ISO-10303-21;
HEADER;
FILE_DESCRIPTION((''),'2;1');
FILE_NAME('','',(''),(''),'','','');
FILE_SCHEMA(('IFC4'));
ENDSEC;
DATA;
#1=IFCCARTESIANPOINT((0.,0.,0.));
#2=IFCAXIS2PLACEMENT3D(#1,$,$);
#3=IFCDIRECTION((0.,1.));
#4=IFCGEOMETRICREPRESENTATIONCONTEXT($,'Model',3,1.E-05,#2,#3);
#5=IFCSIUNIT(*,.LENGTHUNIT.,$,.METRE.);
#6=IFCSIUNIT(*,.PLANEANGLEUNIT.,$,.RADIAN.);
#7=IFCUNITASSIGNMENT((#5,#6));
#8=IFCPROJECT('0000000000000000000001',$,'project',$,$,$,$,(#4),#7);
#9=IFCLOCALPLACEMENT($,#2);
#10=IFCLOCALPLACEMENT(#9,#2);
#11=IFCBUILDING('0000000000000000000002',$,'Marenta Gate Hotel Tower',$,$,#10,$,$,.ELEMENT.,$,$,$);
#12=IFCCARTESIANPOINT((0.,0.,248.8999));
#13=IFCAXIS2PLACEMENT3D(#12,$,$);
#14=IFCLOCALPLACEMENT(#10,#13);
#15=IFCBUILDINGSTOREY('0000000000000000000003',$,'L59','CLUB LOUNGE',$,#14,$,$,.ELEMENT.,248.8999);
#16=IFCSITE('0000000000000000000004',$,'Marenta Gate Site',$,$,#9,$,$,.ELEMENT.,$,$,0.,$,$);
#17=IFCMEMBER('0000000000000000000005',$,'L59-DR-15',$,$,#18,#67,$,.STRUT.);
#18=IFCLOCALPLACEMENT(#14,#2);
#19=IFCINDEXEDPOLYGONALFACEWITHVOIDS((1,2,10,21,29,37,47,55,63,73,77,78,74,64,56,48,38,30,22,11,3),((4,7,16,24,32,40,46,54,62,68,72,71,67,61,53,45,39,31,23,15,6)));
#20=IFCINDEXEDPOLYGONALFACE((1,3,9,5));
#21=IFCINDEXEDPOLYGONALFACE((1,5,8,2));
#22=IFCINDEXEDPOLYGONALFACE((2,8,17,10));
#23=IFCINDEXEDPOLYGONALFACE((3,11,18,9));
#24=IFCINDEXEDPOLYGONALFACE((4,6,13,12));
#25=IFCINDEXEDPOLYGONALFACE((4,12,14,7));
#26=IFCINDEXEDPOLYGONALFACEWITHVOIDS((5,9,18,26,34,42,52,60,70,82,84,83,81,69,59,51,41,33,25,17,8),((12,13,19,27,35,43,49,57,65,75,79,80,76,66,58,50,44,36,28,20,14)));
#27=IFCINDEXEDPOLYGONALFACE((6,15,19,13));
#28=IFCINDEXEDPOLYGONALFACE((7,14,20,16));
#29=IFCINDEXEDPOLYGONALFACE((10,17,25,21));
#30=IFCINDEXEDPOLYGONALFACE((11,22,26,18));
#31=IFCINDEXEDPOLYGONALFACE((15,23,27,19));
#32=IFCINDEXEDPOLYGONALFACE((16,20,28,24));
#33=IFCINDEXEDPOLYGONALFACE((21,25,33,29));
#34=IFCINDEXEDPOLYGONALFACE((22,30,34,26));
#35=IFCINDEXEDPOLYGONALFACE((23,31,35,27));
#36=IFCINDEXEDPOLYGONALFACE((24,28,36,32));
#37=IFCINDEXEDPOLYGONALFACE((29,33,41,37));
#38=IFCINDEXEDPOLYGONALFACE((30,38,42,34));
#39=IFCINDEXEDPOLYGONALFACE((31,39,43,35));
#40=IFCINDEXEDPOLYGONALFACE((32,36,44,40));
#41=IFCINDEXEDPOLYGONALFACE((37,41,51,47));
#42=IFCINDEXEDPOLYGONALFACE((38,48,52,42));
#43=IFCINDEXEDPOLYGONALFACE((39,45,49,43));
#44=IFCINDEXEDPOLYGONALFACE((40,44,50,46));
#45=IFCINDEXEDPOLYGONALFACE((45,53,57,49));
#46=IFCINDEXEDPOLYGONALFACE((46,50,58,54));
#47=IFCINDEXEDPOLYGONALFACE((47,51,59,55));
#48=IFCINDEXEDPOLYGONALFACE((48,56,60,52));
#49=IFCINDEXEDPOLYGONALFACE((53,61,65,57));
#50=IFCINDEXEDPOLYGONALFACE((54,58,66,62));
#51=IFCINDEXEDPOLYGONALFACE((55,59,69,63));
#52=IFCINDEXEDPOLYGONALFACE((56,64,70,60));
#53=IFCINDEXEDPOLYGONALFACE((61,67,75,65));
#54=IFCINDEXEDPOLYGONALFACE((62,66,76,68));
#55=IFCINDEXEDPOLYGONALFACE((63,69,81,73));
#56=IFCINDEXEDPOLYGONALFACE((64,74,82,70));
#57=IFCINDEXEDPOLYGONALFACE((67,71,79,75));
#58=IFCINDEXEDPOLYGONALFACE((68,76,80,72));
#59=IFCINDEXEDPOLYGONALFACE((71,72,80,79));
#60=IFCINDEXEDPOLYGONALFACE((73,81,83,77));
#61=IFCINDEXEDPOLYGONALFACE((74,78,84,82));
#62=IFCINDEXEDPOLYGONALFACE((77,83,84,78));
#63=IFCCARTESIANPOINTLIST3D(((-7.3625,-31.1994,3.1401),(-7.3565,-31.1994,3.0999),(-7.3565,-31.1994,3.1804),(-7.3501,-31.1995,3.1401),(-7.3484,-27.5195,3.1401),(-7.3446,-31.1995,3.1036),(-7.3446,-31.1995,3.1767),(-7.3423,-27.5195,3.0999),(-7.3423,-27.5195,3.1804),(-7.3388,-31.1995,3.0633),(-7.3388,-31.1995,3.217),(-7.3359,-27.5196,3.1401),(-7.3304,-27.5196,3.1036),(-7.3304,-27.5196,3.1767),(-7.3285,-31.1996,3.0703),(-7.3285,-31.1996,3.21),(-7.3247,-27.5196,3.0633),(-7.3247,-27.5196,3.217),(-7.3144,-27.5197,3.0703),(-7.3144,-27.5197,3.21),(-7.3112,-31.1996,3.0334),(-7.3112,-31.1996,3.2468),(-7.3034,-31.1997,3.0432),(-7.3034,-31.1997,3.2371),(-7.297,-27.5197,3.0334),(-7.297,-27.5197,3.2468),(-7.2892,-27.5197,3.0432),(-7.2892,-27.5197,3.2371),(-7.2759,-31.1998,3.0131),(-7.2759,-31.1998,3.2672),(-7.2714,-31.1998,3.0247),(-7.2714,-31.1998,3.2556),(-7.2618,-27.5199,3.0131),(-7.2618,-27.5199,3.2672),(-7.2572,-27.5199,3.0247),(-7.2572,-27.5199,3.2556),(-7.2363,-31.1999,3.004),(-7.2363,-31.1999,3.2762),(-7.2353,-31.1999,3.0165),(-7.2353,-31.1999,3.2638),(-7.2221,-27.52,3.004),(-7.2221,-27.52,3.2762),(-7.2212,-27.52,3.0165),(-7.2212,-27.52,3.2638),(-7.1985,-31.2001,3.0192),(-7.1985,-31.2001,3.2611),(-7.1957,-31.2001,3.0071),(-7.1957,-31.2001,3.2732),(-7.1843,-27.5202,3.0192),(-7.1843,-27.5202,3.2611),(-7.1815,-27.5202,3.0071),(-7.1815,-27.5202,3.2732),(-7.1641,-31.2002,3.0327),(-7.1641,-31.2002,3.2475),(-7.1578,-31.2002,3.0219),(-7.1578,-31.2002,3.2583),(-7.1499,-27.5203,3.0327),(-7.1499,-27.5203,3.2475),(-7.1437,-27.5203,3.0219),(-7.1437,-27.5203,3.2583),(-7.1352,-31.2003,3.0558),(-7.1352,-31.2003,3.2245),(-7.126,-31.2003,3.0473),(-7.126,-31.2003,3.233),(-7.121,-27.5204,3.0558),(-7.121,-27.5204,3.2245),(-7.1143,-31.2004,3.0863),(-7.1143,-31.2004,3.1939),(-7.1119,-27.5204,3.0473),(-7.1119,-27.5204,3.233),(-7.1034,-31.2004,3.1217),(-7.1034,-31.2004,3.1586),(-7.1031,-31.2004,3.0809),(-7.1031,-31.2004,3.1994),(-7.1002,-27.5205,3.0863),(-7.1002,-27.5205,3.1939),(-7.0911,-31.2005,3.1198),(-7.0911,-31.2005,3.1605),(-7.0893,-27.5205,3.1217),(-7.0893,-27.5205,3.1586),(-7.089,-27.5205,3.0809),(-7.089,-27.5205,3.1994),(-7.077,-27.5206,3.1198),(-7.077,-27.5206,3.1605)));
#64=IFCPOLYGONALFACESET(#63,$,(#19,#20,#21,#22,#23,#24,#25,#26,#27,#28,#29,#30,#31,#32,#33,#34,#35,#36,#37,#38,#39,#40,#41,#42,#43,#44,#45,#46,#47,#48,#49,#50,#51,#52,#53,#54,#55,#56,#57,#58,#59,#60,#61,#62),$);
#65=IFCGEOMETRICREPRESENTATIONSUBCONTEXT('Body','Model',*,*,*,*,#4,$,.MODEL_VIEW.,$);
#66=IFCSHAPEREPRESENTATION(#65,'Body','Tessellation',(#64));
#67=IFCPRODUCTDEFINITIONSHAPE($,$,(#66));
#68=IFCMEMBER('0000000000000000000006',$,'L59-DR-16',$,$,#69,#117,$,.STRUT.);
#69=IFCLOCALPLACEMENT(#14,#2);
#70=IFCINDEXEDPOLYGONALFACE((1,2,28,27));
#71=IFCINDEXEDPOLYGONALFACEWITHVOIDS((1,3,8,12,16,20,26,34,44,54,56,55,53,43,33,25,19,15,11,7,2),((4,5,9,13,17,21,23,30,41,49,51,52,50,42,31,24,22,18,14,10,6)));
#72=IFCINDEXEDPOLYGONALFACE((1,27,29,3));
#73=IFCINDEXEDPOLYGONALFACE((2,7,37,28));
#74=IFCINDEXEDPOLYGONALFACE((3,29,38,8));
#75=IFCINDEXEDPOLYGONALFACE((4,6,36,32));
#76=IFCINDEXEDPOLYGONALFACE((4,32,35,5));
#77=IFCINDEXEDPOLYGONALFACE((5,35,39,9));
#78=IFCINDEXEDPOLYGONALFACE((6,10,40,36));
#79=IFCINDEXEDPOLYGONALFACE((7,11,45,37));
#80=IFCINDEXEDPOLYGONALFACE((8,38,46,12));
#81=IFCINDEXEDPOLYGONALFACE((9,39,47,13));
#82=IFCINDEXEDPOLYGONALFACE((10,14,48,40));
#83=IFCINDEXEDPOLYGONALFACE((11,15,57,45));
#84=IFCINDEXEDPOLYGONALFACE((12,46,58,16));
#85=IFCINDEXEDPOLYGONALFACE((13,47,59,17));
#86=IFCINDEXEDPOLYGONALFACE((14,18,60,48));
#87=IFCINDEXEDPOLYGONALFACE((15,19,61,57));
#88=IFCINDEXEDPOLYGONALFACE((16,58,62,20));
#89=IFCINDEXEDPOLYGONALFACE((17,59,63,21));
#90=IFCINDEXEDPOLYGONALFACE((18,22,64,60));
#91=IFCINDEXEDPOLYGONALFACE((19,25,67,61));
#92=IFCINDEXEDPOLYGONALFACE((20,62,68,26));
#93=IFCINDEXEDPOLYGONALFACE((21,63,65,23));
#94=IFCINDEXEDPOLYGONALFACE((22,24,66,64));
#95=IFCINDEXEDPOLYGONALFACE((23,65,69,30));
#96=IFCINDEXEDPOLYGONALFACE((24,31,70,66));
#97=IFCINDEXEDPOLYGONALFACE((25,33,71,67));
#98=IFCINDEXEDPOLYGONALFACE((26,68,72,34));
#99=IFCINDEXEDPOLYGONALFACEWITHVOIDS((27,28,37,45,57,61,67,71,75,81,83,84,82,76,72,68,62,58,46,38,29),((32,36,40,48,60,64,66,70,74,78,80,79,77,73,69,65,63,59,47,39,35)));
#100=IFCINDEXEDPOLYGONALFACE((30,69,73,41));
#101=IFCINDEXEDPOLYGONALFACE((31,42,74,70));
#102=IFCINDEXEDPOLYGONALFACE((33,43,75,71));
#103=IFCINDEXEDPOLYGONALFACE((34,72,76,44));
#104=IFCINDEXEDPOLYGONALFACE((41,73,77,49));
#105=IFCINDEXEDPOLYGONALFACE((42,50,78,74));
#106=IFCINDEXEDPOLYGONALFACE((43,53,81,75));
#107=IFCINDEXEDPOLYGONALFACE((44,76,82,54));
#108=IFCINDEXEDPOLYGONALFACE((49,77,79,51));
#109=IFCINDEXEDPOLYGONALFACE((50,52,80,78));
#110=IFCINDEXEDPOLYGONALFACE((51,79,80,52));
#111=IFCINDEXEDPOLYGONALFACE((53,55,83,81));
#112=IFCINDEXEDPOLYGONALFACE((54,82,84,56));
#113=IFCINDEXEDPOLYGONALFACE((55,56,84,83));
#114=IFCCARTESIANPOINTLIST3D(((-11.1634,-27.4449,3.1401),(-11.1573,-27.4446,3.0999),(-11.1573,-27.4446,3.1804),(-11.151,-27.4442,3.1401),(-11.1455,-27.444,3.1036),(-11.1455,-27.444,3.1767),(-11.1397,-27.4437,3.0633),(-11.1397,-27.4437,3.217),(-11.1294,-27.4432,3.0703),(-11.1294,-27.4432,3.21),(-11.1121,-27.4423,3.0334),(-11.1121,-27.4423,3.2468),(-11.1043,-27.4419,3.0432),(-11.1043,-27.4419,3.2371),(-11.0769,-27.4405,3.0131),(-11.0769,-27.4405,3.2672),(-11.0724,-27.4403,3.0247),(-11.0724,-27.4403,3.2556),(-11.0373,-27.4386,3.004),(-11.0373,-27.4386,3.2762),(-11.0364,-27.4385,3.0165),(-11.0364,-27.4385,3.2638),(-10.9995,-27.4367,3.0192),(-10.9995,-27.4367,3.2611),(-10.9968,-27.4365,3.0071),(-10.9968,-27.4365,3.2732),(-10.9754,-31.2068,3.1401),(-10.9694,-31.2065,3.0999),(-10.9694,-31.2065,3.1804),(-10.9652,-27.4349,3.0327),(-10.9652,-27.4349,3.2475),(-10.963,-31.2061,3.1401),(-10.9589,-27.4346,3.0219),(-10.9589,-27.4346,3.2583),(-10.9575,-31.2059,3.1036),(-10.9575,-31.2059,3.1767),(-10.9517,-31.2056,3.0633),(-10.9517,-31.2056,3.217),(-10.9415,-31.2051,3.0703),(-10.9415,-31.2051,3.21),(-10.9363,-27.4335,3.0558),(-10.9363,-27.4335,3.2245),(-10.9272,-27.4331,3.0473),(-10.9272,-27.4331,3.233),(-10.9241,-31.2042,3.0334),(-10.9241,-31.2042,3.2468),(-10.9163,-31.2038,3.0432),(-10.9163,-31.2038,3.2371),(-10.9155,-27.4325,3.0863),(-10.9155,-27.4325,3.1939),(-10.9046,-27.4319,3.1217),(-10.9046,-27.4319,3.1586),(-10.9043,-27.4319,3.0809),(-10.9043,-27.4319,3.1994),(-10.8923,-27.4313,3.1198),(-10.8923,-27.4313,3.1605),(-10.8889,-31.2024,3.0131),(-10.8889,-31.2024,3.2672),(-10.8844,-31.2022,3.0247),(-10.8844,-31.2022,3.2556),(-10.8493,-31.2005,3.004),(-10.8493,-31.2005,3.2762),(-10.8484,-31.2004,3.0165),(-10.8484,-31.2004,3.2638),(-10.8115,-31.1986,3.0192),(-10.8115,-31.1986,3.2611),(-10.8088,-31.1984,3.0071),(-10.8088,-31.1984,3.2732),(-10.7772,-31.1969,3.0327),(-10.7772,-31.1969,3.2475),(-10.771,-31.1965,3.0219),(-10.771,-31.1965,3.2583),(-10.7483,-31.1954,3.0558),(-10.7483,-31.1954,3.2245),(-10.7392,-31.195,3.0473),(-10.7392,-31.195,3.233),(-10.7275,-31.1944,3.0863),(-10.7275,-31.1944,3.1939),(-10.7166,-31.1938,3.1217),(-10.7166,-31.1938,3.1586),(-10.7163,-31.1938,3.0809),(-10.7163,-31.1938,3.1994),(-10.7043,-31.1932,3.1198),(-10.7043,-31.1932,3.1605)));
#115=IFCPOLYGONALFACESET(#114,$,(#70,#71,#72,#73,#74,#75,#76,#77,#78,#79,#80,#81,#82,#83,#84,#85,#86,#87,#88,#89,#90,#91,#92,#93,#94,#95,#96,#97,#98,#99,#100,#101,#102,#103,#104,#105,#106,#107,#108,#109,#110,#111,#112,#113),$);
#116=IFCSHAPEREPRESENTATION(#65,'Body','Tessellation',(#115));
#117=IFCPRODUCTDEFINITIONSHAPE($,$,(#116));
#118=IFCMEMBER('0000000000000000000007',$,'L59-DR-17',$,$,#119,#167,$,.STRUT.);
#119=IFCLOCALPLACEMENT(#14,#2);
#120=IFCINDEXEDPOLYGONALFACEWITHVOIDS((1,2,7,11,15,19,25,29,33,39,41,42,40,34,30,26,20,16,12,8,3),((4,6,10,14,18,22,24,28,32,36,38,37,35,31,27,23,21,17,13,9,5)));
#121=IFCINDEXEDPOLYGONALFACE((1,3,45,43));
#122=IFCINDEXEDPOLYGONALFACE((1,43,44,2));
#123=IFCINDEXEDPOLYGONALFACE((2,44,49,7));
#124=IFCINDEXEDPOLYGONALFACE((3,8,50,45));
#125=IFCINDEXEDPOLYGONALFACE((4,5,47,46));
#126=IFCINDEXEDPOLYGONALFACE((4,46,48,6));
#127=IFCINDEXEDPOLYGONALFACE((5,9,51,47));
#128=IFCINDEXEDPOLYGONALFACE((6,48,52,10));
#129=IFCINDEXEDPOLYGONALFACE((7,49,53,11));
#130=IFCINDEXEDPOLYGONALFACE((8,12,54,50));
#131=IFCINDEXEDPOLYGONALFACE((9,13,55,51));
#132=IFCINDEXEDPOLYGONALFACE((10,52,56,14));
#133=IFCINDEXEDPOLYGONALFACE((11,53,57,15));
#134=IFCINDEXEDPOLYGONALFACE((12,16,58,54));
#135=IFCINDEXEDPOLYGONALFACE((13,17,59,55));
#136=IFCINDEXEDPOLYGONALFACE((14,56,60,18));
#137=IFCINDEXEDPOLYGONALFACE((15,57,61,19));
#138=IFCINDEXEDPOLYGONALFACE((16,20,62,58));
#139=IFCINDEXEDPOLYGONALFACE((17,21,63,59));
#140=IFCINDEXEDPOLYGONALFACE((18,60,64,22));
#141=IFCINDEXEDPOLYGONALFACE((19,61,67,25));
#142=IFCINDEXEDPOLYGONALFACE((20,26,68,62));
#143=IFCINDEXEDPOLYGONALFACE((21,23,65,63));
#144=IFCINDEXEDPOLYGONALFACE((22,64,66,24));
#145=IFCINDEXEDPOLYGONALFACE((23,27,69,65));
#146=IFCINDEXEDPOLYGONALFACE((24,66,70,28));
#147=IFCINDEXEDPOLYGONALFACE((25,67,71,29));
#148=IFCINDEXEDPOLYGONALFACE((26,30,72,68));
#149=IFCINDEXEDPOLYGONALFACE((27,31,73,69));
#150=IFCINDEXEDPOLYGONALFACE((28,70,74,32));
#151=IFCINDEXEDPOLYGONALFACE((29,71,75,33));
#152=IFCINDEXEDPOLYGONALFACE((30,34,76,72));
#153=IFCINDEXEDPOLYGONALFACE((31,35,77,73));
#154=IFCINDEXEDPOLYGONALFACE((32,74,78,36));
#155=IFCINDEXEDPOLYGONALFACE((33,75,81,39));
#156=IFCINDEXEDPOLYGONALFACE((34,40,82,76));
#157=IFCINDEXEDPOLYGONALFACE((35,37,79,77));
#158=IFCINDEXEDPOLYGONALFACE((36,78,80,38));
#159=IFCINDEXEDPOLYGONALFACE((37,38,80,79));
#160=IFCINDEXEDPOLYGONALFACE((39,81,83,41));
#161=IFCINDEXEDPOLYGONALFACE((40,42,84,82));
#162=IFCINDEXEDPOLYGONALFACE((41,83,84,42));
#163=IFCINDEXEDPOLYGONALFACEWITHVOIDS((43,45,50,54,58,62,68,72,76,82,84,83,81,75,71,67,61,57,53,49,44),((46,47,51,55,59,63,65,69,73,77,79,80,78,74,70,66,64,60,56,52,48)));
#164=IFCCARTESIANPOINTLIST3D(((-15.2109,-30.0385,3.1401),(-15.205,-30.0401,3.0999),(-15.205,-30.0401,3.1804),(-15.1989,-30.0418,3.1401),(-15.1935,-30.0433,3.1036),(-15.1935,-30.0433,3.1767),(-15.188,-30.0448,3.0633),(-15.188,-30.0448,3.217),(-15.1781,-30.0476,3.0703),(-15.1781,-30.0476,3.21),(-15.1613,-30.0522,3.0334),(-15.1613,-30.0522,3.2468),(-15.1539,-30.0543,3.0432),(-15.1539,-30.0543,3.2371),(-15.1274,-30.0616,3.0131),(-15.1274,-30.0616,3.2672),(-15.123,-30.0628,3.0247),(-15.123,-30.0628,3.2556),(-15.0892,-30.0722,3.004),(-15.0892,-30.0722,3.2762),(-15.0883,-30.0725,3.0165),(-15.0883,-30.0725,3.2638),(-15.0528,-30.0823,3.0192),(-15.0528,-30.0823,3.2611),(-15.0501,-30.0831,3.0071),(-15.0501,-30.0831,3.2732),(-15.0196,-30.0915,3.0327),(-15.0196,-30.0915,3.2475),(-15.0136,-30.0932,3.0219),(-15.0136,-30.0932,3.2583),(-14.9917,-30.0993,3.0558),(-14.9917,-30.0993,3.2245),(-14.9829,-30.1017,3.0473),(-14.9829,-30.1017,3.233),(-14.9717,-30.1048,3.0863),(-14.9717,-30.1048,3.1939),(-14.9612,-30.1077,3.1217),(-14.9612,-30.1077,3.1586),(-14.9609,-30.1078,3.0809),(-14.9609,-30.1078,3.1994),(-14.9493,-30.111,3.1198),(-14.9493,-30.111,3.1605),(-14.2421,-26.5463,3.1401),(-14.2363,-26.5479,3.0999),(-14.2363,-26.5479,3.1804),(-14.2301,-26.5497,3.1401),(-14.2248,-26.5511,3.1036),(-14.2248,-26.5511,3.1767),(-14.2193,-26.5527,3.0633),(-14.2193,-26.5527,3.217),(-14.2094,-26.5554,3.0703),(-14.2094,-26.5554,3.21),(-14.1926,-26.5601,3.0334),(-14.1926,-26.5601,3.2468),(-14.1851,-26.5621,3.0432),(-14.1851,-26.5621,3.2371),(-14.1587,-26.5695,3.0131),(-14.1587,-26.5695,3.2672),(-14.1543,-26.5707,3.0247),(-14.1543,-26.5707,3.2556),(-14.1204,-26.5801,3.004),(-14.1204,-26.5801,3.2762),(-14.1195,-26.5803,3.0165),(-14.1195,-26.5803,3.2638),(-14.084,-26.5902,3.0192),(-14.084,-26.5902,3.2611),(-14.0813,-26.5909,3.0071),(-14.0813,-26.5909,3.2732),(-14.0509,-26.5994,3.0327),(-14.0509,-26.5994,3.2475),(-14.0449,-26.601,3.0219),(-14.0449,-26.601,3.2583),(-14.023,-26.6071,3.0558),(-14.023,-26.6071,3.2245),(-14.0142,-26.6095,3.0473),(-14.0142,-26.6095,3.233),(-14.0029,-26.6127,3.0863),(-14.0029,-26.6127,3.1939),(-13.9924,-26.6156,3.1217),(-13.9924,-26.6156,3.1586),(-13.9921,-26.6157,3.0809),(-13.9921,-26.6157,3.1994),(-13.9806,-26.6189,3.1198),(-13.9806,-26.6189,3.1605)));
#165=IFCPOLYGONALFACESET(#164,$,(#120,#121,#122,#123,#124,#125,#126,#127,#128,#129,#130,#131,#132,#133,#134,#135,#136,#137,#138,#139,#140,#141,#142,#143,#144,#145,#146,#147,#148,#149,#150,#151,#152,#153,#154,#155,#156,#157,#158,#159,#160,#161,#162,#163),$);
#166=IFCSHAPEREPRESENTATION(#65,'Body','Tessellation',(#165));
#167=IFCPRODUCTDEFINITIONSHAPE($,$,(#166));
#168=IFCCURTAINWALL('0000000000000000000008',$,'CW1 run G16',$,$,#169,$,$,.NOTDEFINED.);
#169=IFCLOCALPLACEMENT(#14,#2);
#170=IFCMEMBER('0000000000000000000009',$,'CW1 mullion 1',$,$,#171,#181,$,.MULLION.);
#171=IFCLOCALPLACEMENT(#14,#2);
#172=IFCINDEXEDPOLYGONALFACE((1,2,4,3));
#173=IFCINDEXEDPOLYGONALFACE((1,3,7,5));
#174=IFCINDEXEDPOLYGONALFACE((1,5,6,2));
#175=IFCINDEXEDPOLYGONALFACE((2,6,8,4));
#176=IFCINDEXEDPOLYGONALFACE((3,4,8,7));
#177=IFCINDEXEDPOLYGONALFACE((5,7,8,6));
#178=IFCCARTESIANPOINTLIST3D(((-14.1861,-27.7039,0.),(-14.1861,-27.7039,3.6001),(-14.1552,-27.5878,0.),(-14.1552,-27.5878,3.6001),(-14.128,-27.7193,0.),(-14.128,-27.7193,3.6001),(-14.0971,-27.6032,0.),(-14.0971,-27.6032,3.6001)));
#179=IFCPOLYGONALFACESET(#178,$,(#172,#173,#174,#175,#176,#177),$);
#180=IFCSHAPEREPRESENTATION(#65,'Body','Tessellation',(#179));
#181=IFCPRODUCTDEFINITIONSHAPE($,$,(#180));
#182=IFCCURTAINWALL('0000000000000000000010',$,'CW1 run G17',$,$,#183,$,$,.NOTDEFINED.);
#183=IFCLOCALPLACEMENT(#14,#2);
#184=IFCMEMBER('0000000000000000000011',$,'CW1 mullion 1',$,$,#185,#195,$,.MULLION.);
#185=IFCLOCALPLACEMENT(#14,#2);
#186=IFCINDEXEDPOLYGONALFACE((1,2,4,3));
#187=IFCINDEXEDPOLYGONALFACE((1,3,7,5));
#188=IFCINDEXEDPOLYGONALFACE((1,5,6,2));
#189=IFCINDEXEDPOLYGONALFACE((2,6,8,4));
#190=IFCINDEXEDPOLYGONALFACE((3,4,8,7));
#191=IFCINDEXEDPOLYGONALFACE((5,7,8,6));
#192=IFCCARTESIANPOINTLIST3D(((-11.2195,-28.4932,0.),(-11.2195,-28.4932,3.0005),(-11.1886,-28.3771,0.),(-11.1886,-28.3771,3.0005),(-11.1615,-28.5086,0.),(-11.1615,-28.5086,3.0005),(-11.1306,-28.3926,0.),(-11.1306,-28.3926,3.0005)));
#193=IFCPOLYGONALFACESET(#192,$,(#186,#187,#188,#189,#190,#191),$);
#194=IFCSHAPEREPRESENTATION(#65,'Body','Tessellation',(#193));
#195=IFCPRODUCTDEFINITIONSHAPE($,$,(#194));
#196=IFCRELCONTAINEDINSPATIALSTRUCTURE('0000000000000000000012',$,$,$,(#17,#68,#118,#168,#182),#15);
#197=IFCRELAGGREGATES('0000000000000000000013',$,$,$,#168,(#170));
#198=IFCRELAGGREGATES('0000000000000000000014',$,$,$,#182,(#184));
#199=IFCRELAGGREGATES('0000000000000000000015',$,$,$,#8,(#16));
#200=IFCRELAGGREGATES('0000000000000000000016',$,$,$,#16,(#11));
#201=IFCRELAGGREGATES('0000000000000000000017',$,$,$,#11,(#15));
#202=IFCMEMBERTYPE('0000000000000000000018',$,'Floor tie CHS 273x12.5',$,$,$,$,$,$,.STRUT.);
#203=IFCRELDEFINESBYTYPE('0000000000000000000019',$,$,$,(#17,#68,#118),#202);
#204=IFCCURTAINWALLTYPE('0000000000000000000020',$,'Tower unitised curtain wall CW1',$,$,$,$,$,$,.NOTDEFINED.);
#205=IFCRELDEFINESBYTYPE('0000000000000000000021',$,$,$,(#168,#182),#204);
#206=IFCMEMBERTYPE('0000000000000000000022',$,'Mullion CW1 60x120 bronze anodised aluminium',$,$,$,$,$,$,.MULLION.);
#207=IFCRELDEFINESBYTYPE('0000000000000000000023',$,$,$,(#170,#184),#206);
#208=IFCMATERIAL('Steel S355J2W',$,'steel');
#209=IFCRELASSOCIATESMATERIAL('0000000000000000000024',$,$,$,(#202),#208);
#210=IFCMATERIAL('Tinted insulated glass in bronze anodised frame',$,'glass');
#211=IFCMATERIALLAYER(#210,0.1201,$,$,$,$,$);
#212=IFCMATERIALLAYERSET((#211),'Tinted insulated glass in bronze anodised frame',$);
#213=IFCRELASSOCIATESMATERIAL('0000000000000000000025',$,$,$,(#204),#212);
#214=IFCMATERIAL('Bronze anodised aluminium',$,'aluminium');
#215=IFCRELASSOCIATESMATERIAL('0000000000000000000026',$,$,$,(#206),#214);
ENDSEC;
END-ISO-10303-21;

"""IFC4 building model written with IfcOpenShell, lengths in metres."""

from ifc_helpers import new_model, si_unit, direction, frame, origin, origin_2d, place, context, subcontext, project, spatial, rectangle, hollow_circle, extrude, material, layer, layer_set, material_profile, profile_set, type_object, element, aggregate, save


model = new_model("IFC4")

# Units and contexts
model_context = context("Model", 3, precision=1e-05, world=origin(), true_north=direction((0.0, 1.0)))
body_context = subcontext(model_context, "Body", "Model", "MODEL_VIEW")
ifc_project = project(units=[si_unit("LENGTHUNIT", "METRE"), si_unit("PLANEANGLEUNIT", "RADIAN")], contexts=[model_context])

# Site, building, storey
site_placement = place(None, origin())
site = spatial("IfcSite", under=ifc_project, at=site_placement, Name="Marenta Gate Site", CompositionType="ELEMENT", RefElevation=0.0)
building_placement = place(site_placement, origin())
building = spatial("IfcBuilding", under=site, at=building_placement, Name="Marenta Gate Hotel Tower", CompositionType="ELEMENT")
storey_placement = place(building_placement, frame((0.0, 0.0, 248.8999)))
storey = spatial("IfcBuildingStorey", under=building, at=storey_placement, Name="L59", Description="CLUB LOUNGE", CompositionType="ELEMENT", Elevation=248.8999)

# Members
ifc_material_1 = material(Name="Steel S355J2W", Category="steel")
ifc_material_profile_1 = material_profile(ifc_material_1, hollow_circle(Radius=0.1365, WallThickness=0.0125, at=origin_2d()), Name="CHS 273x12.5")
ifc_profile_set_1 = profile_set([ifc_material_profile_1], Name="Steel S355J2W")
member_type_1 = type_object("IfcMemberType", Name="Floor tie CHS 273x12.5", PredefinedType="STRUT", material=ifc_profile_set_1)
member_1_placement = place(storey_placement, frame((-7.2261, -31.2, 3.1401), z_axis=(0.003848, 0.999993, 0.0), x_axis=(-0.999993, 0.003848, 0.0)))
element("IfcMember", 1, at=member_1_placement, inside=storey, type_object=member_type_1, Name="L59-DR-15", PredefinedType="STRUT", context=body_context, shape_type="SweptSolid", body=[
    extrude(hollow_circle(Radius=0.1365, WallThickness=0.0125, at=origin_2d()), origin(), (0.0, 0.0, 1.0), 3.6799),
])
member_2_placement = place(storey_placement, frame((-10.8391, -31.2, 3.1401), z_axis=(-0.049909, 0.998754, 0.0), x_axis=(-0.998754, -0.049909, 0.0)))
element("IfcMember", 2, at=member_2_placement, inside=storey, type_object=member_type_1, Name="L59-DR-16", PredefinedType="STRUT", context=body_context, shape_type="SweptSolid", body=[
    extrude(hollow_circle(Radius=0.1365, WallThickness=0.0125, at=origin_2d()), origin(), (0.0, 0.0, 1.0), 3.7666),
])
member_3_placement = place(storey_placement, frame((-15.0793, -30.075, 3.1401), z_axis=(0.26731, 0.963611, 0.0), x_axis=(-0.963611, 0.26731, 0.0)))
element("IfcMember", 3, at=member_3_placement, inside=storey, type_object=member_type_1, Name="L59-DR-17", PredefinedType="STRUT", context=body_context, shape_type="SweptSolid", body=[
    extrude(hollow_circle(Radius=0.1365, WallThickness=0.0125, at=origin_2d()), origin(), (0.0, 0.0, 1.0), 3.624),
])

# Curtain walls, members
ifc_material_2 = material(Name="Tinted insulated glass in bronze anodised frame", Category="glass")
ifc_layer_1 = layer(ifc_material_2, 0.1201)
ifc_layer_set_1 = layer_set([ifc_layer_1], Name="Tinted insulated glass in bronze anodised frame")
curtain_wall_type = type_object("IfcCurtainWallType", Name="Tower unitised curtain wall CW1", PredefinedType="NOTDEFINED", material=ifc_layer_set_1)
curtain_wall_1_placement = place(storey_placement, origin())
curtain_wall_1 = element("IfcCurtainWall", 4, at=curtain_wall_1_placement, inside=storey, type_object=curtain_wall_type, Name="CW1 run G16", PredefinedType="NOTDEFINED")
ifc_material_3 = material(Name="Bronze anodised aluminium", Category="aluminium")
ifc_material_profile_2 = material_profile(ifc_material_3, rectangle(XDim=0.1201, YDim=0.0601, at=origin_2d()), Name="Mullion CW1 60x120 bronze anodised aluminium")
ifc_profile_set_2 = profile_set([ifc_material_profile_2], Name="Bronze anodised aluminium")
member_type_2 = type_object("IfcMemberType", Name="Mullion CW1 60x120 bronze anodised aluminium", PredefinedType="MULLION", material=ifc_profile_set_2)
member_4_placement = place(storey_placement, frame((-14.1416, -27.6536, 0.0), z_axis=(0.0, 0.0, 1.0), x_axis=(0.257125, 0.966378, 0.0)))
member_4 = element("IfcMember", 5, at=member_4_placement, type_object=member_type_2, Name="CW1 mullion 1", PredefinedType="MULLION", context=body_context, shape_type="SweptSolid", body=[
    extrude(rectangle(XDim=0.1201, YDim=0.0601, at=origin_2d()), origin(), (0.0, 0.0, 1.0), 3.6001),
])
curtain_wall_2_placement = place(storey_placement, origin())
curtain_wall_2 = element("IfcCurtainWall", 6, at=curtain_wall_2_placement, inside=storey, type_object=curtain_wall_type, Name="CW1 run G17", PredefinedType="NOTDEFINED")
member_5_placement = place(storey_placement, frame((-11.175, -28.4429, 0.0), z_axis=(0.0, 0.0, 1.0), x_axis=(0.2571, 0.966385, 0.0)))
member_5 = element("IfcMember", 7, at=member_5_placement, type_object=member_type_2, Name="CW1 mullion 1", PredefinedType="MULLION", context=body_context, shape_type="SweptSolid", body=[
    extrude(rectangle(XDim=0.1201, YDim=0.0601, at=origin_2d()), origin(), (0.0, 0.0, 1.0), 3.0005),
])

aggregate(curtain_wall_1, [member_4])
aggregate(curtain_wall_2, [member_5])

save(model, "model.ifc")
